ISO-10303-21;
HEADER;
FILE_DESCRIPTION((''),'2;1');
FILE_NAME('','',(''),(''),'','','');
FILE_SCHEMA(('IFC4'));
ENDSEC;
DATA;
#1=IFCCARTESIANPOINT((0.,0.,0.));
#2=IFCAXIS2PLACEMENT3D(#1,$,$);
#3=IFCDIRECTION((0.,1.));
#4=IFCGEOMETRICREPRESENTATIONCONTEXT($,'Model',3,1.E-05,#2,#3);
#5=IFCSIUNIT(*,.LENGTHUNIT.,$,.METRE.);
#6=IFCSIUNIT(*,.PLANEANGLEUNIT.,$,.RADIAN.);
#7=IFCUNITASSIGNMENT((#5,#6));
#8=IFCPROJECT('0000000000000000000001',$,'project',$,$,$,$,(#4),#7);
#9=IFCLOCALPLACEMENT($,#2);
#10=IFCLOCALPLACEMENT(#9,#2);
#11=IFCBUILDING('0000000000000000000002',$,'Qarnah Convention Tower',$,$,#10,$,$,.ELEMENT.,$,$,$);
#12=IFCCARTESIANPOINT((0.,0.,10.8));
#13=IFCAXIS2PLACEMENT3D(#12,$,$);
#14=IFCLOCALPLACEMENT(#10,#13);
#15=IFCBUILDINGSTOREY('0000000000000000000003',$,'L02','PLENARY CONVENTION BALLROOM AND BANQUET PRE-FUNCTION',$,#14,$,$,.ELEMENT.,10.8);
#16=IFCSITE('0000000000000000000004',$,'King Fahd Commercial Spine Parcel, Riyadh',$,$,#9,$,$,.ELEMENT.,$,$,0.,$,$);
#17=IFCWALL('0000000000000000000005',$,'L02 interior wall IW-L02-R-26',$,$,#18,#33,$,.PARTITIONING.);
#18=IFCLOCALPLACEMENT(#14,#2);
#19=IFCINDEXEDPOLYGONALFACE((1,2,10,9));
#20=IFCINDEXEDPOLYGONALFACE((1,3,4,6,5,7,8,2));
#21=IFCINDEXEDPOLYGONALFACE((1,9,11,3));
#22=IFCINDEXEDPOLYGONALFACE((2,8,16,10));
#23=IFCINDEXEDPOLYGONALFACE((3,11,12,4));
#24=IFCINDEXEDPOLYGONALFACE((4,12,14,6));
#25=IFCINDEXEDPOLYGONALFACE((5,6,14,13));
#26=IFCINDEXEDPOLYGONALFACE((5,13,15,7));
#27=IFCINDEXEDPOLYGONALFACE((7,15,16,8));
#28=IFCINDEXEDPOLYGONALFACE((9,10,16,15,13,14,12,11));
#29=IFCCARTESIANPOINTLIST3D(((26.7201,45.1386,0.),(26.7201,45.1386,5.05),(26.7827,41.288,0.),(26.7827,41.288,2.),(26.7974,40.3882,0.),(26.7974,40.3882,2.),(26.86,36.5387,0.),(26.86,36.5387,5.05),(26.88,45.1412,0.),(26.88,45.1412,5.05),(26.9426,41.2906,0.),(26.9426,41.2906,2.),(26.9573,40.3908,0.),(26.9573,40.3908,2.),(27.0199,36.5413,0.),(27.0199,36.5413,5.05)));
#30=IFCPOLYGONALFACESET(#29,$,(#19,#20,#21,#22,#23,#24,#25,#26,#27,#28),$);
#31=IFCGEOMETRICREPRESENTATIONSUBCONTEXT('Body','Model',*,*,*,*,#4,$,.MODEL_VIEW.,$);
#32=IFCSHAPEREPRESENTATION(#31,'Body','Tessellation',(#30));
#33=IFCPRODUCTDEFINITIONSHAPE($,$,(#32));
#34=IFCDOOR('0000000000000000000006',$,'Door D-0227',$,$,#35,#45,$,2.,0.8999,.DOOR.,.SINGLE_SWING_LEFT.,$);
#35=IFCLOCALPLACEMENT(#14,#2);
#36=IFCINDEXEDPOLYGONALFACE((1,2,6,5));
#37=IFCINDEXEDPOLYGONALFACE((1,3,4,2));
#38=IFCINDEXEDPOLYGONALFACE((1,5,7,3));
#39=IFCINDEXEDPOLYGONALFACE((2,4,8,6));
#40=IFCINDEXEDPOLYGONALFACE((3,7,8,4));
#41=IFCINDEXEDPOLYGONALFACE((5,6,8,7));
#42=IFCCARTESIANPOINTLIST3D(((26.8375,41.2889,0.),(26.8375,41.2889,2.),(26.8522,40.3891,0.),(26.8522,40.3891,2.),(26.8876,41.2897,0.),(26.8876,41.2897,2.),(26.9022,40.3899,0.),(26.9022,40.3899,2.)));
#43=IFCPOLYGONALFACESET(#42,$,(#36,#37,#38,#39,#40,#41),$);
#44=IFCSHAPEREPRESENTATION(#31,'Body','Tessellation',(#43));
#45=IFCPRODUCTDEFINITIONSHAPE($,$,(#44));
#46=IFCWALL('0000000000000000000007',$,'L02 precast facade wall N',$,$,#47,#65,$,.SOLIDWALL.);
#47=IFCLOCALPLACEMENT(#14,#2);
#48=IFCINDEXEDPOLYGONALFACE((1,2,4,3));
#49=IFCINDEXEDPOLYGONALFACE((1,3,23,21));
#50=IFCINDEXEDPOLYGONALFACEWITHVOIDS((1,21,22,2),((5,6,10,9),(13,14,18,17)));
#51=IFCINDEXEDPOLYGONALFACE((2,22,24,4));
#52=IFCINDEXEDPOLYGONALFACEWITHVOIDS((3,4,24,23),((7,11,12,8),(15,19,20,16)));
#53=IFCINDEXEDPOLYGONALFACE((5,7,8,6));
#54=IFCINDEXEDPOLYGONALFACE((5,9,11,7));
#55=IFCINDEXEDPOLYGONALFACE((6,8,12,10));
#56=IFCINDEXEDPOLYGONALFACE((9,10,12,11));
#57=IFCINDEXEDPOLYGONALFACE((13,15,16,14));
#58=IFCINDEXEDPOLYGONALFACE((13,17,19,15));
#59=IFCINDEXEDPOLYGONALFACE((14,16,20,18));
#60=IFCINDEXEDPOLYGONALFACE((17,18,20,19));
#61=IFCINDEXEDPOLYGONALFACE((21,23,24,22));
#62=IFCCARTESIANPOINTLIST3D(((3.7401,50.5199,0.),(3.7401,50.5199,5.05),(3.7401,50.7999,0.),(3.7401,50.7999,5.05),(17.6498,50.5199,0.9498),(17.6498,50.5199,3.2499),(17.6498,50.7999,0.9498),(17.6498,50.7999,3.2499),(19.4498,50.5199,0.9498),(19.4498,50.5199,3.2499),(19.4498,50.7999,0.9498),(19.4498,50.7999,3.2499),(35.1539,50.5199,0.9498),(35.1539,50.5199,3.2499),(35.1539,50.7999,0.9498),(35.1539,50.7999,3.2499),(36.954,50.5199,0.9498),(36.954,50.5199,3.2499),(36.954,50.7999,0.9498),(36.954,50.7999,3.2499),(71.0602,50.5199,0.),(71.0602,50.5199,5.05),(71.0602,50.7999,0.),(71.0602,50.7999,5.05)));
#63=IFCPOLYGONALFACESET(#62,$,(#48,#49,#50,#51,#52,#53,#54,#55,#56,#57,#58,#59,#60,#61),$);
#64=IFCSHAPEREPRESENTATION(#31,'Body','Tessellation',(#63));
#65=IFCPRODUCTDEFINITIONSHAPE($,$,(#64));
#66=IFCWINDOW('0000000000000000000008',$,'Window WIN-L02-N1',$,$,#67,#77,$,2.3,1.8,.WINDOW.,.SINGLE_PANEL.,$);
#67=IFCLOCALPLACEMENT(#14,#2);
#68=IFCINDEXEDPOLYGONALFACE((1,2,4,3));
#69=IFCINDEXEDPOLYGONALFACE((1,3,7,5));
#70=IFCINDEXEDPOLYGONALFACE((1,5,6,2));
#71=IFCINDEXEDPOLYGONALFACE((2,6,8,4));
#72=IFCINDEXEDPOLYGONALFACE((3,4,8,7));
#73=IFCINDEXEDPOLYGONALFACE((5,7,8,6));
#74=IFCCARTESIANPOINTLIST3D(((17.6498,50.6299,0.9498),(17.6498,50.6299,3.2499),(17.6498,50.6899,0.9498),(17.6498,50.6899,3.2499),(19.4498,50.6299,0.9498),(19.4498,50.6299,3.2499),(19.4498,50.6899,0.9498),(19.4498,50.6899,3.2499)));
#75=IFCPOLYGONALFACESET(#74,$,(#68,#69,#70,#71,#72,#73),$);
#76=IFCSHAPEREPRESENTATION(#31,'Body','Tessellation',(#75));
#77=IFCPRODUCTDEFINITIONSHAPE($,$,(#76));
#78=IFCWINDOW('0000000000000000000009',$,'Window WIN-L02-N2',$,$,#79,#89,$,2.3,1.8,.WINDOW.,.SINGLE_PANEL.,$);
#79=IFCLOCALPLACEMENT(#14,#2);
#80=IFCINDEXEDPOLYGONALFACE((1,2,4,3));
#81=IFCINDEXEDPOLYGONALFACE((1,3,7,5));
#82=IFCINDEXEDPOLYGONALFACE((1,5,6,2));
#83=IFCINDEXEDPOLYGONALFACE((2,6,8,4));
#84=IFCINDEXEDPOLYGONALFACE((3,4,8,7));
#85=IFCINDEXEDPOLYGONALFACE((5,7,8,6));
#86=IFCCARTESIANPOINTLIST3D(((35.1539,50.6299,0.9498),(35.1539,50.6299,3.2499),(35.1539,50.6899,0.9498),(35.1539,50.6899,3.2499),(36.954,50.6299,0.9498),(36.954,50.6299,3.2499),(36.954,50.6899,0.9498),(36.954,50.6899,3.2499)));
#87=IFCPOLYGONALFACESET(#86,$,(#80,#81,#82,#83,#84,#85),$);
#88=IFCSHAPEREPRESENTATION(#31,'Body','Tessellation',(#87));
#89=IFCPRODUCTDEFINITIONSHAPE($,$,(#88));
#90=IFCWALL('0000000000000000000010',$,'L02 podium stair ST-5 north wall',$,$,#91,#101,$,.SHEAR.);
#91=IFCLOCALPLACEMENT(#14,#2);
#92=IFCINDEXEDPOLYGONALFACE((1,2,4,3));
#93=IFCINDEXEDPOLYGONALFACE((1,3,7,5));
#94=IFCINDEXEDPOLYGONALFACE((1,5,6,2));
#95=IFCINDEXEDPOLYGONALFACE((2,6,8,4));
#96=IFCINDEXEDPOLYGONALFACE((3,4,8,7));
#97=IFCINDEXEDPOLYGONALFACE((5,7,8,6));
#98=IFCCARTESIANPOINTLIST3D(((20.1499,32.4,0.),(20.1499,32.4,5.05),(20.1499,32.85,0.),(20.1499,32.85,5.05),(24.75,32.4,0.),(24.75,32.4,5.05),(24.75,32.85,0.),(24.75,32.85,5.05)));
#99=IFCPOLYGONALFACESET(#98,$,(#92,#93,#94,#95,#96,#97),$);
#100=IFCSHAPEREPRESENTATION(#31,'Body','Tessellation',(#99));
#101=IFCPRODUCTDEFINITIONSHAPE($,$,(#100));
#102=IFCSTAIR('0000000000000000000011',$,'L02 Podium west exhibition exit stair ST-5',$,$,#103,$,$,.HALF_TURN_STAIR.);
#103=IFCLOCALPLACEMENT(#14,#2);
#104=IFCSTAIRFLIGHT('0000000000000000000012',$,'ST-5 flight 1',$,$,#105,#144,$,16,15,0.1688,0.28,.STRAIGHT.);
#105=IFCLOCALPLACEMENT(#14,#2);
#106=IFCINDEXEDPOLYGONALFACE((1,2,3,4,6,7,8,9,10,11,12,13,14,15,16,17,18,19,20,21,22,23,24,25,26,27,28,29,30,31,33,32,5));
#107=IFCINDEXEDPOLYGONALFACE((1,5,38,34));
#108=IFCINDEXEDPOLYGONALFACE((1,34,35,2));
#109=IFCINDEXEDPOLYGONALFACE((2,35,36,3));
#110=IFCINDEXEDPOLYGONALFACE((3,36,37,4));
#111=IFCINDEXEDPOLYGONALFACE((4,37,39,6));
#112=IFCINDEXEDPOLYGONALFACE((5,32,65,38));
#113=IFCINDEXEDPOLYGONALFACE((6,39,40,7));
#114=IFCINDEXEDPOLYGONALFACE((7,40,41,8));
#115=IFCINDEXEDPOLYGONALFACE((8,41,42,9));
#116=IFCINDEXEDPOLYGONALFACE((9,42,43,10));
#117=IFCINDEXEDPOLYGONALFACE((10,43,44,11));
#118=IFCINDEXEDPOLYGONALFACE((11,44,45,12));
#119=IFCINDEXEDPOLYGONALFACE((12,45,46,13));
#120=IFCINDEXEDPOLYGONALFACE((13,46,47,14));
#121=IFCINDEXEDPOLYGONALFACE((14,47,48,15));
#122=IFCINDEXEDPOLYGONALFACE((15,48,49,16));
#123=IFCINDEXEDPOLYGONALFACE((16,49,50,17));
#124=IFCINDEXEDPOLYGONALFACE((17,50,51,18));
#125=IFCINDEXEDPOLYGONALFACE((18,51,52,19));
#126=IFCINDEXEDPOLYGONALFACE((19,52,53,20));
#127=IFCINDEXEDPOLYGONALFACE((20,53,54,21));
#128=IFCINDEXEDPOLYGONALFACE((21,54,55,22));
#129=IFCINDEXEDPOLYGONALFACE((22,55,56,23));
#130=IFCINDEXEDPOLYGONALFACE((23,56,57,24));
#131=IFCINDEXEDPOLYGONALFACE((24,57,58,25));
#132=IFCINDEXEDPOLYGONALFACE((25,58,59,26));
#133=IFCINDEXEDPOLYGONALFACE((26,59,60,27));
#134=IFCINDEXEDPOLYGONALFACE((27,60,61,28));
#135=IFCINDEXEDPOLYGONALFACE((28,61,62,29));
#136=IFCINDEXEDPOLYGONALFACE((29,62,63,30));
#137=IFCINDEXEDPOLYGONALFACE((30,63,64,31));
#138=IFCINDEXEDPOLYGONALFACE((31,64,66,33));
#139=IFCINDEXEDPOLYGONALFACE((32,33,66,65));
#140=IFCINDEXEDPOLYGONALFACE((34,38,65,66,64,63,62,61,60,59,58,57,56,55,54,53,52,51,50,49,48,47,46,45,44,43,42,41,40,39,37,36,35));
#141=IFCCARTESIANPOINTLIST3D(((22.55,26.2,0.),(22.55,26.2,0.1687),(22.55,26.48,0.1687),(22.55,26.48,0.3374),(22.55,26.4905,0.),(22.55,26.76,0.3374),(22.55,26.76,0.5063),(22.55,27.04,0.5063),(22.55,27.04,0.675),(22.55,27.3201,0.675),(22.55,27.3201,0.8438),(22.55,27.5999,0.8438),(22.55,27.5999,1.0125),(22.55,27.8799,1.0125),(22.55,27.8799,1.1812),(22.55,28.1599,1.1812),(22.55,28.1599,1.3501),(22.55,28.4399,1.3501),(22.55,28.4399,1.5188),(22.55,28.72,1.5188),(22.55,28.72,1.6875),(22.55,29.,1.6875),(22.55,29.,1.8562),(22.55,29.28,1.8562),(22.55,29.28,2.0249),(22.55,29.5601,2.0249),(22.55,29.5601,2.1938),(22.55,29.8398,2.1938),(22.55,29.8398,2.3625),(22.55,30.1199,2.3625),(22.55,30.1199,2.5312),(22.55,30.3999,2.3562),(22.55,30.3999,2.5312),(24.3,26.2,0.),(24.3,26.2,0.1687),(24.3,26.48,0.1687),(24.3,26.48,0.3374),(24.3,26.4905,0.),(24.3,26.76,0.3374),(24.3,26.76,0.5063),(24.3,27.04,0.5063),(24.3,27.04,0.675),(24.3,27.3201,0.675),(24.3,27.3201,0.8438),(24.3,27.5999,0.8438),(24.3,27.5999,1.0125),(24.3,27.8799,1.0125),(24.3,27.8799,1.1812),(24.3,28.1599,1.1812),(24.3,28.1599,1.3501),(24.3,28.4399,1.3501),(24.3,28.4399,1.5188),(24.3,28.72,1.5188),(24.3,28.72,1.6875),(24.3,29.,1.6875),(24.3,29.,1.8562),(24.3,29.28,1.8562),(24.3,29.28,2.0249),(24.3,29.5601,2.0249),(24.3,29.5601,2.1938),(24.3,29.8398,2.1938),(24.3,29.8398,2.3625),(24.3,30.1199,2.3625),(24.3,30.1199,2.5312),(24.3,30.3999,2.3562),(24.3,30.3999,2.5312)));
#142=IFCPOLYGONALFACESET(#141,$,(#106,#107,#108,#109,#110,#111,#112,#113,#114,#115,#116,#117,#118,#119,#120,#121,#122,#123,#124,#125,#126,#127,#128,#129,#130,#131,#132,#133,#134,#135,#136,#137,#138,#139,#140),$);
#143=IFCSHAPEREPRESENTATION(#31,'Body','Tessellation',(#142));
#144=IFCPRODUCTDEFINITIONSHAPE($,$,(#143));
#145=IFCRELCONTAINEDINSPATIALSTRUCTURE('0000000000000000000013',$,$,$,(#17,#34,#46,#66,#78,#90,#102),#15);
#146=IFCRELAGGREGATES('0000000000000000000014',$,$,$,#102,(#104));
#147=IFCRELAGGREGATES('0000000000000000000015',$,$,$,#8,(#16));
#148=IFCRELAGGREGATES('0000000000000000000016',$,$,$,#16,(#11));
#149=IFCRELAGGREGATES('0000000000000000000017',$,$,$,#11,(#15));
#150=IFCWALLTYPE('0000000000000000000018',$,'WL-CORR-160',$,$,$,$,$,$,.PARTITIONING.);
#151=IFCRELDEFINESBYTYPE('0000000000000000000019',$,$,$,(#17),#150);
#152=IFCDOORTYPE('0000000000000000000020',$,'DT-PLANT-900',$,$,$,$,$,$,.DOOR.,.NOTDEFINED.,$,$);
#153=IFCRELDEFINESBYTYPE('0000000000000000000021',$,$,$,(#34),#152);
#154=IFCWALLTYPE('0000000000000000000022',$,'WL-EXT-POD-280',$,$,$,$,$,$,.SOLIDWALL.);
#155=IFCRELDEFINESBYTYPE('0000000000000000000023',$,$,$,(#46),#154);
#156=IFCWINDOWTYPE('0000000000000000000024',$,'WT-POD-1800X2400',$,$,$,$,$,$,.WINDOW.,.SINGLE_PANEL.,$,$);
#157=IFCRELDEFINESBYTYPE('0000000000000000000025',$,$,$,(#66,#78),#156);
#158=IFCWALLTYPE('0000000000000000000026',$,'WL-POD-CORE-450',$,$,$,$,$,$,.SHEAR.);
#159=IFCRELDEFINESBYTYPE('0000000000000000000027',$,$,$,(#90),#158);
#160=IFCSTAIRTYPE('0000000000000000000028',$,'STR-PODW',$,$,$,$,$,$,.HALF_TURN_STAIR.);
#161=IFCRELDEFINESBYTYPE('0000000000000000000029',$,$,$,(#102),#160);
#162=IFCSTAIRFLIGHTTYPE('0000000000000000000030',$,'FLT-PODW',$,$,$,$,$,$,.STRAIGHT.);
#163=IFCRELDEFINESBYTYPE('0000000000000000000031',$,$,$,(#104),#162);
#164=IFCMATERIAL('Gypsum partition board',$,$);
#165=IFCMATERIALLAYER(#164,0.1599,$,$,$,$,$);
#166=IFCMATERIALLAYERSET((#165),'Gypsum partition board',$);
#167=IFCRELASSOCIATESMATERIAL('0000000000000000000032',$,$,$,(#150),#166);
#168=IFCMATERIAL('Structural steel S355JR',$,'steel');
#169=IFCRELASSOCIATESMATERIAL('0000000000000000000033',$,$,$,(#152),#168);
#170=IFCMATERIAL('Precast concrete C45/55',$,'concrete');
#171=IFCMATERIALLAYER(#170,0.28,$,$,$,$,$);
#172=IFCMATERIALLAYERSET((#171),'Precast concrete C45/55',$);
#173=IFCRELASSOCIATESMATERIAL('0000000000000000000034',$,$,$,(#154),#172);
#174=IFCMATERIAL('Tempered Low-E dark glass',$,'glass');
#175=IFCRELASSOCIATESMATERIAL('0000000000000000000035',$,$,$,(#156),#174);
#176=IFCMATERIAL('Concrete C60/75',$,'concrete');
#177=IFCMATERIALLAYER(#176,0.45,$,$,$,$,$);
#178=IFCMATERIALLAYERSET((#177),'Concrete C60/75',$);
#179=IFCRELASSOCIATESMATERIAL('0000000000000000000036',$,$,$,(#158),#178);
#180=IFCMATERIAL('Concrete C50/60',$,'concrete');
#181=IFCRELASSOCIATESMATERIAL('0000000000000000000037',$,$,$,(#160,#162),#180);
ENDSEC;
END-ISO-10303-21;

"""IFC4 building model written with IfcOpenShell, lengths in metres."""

from ifc_helpers import new_model, si_unit, direction, frame, frame_2d, origin, place, context, subcontext, project, spatial, polyline, rectangle, outline, extrude, material, layer, layer_set, type_object, element, fill, aggregate, save


model = new_model("IFC4")

# Units and contexts
model_context = context("Model", 3, precision=1e-05, world=origin(), true_north=direction((0.0, 1.0)))
body_context = subcontext(model_context, "Body", "Model", "MODEL_VIEW")
ifc_project = project(units=[si_unit("LENGTHUNIT", "METRE"), si_unit("PLANEANGLEUNIT", "RADIAN")], contexts=[model_context])

# Site, building, storey
site_placement = place(None, origin())
site = spatial("IfcSite", under=ifc_project, at=site_placement, Name="King Fahd Commercial Spine Parcel, Riyadh", CompositionType="ELEMENT", RefElevation=0.0)
building_placement = place(site_placement, origin())
building = spatial("IfcBuilding", under=site, at=building_placement, Name="Qarnah Convention Tower", CompositionType="ELEMENT")
storey_placement = place(building_placement, frame((0.0, 0.0, 10.8)))
storey = spatial("IfcBuildingStorey", under=building, at=storey_placement, Name="L02", Description="PLENARY CONVENTION BALLROOM AND BANQUET PRE-FUNCTION", CompositionType="ELEMENT", Elevation=10.8)

# Shared definitions
ifc_material_1 = material(Name="Concrete C60/75", Category="concrete")
ifc_material_2 = material(Name="Precast concrete C45/55", Category="concrete")

# Shared definitions
ifc_material_3 = material(Name="Structural steel S355JR", Category="steel")

# Shared definitions
ifc_material_4 = material(Name="Gypsum partition board")
ifc_layer_1 = layer(ifc_material_4, 0.1599)
ifc_layer_set_1 = layer_set([ifc_layer_1], Name="Gypsum partition board")
wall_type_1 = type_object("IfcWallType", Name="WL-CORR-160", PredefinedType="PARTITIONING", material=ifc_layer_set_1)

# Wall, opening, door
wall_1_placement = place(storey_placement, frame((26.8, 45.1399, 0.0), z_axis=(0.0, 0.0, 1.0), x_axis=(0.016265, -0.999868, 0.0)))
wall_1 = element("IfcWall", 1, at=wall_1_placement, inside=storey, type_object=wall_type_1, Name="L02 interior wall IW-L02-R-26", PredefinedType="PARTITIONING", context=body_context, shape_type="SweptSolid", body=[
    extrude(rectangle(XDim=8.6011, YDim=0.1599, at=frame_2d((4.3005, 0.0))), origin(), (0.0, 0.0, 1.0), 5.05),
])
opening_1_placement = place(wall_1_placement, frame((3.8511, 0.0, 0.0)))
opening_1 = element("IfcOpeningElement", 2, at=opening_1_placement, cuts=wall_1, PredefinedType="OPENING", context=body_context, shape_type="SweptSolid", body=[
    extrude(rectangle(XDim=0.8999, YDim=2.0, at=frame_2d((0.45, 1.0))), frame((0.0, 0.0898, 0.0), z_axis=(0.0, -1.0, 0.0), x_axis=(1.0, 0.0, 0.0)), (0.0, 0.0, 1.0), 0.1799),
])
door_type_1 = type_object("IfcDoorType", Name="DT-PLANT-900", OperationType="NOTDEFINED", PredefinedType="DOOR", material=ifc_material_3)
door_1_placement = place(opening_1_placement, origin())
door_1 = element("IfcDoor", 3, at=door_1_placement, inside=storey, type_object=door_type_1, Name="Door D-0227", OperationType="SINGLE_SWING_LEFT", OverallHeight=2.0, OverallWidth=0.8999, PredefinedType="DOOR", context=body_context, shape_type="SweptSolid", body=[
    extrude(rectangle(XDim=0.8999, YDim=2.0, at=frame_2d((0.45, 1.0))), frame((0.0, 0.0249, 0.0), z_axis=(0.0, -1.0, 0.0), x_axis=(1.0, 0.0, 0.0)), (0.0, 0.0, 1.0), 0.05),
])
fill(opening_1, door_1)

# Wall, openings, windows
ifc_layer_2 = layer(ifc_material_2, 0.28)
ifc_layer_set_2 = layer_set([ifc_layer_2], Name="Precast concrete C45/55")
wall_type_2 = type_object("IfcWallType", Name="WL-EXT-POD-280", PredefinedType="SOLIDWALL", material=ifc_layer_set_2)
wall_2_placement = place(storey_placement, frame((3.74, 50.6599, 0.0), z_axis=(0.0, 0.0, 1.0), x_axis=(1.0, 0.0, 0.0)))
wall_2 = element("IfcWall", 4, at=wall_2_placement, inside=storey, type_object=wall_type_2, Name="L02 precast facade wall N", PredefinedType="SOLIDWALL", context=body_context, shape_type="SweptSolid", body=[
    extrude(rectangle(XDim=67.3201, YDim=0.28, at=frame_2d((33.6602, 0.0))), origin(), (0.0, 0.0, 1.0), 5.05),
])
opening_2_placement = place(wall_2_placement, frame((13.9099, 0.0, 0.95)))
opening_2 = element("IfcOpeningElement", 5, at=opening_2_placement, cuts=wall_2, PredefinedType="OPENING", context=body_context, shape_type="SweptSolid", body=[
    extrude(rectangle(XDim=1.8, YDim=2.3, at=frame_2d((0.8999, 1.1499))), frame((0.0, 0.1499, 0.0), z_axis=(0.0, -1.0, 0.0), x_axis=(1.0, 0.0, 0.0)), (0.0, 0.0, 1.0), 0.3),
])
opening_3_placement = place(wall_2_placement, frame((31.4141, 0.0, 0.95)))
opening_3 = element("IfcOpeningElement", 6, at=opening_3_placement, cuts=wall_2, PredefinedType="OPENING", context=body_context, shape_type="SweptSolid", body=[
    extrude(rectangle(XDim=1.8, YDim=2.3, at=frame_2d((0.8999, 1.1499))), frame((0.0, 0.1499, 0.0), z_axis=(0.0, -1.0, 0.0), x_axis=(1.0, 0.0, 0.0)), (0.0, 0.0, 1.0), 0.3),
])
ifc_material_5 = material(Name="Tempered Low-E dark glass", Category="glass")
window_type = type_object("IfcWindowType", Name="WT-POD-1800X2400", PartitioningType="SINGLE_PANEL", PredefinedType="WINDOW", material=ifc_material_5)
window_1_placement = place(opening_2_placement, origin())
window_1 = element("IfcWindow", 7, at=window_1_placement, inside=storey, type_object=window_type, Name="Window WIN-L02-N1", OverallHeight=2.3, OverallWidth=1.8, PartitioningType="SINGLE_PANEL", PredefinedType="WINDOW", context=body_context, shape_type="SweptSolid", body=[
    extrude(rectangle(XDim=1.8, YDim=2.3, at=frame_2d((0.8999, 1.1499))), frame((0.0, 0.03, 0.0), z_axis=(0.0, -1.0, 0.0), x_axis=(1.0, 0.0, 0.0)), (0.0, 0.0, 1.0), 0.0601),
])
fill(opening_2, window_1)
window_2_placement = place(opening_3_placement, origin())
window_2 = element("IfcWindow", 8, at=window_2_placement, inside=storey, type_object=window_type, Name="Window WIN-L02-N2", OverallHeight=2.3, OverallWidth=1.8, PartitioningType="SINGLE_PANEL", PredefinedType="WINDOW", context=body_context, shape_type="SweptSolid", body=[
    extrude(rectangle(XDim=1.8, YDim=2.3, at=frame_2d((0.8999, 1.1499))), frame((0.0, 0.03, 0.0), z_axis=(0.0, -1.0, 0.0), x_axis=(1.0, 0.0, 0.0)), (0.0, 0.0, 1.0), 0.0601),
])
fill(opening_3, window_2)

# Wall
ifc_layer_3 = layer(ifc_material_1, 0.45)
ifc_layer_set_3 = layer_set([ifc_layer_3], Name="Concrete C60/75")
wall_type_3 = type_object("IfcWallType", Name="WL-POD-CORE-450", PredefinedType="SHEAR", material=ifc_layer_set_3)
wall_3_placement = place(storey_placement, frame((20.1499, 32.625, 0.0), z_axis=(0.0, 0.0, 1.0), x_axis=(1.0, 0.0, 0.0)))
element("IfcWall", 9, at=wall_3_placement, inside=storey, type_object=wall_type_3, Name="L02 podium stair ST-5 north wall", PredefinedType="SHEAR", context=body_context, shape_type="SweptSolid", body=[
    extrude(rectangle(XDim=4.6001, YDim=0.45, at=frame_2d((2.3, 0.0))), origin(), (0.0, 0.0, 1.0), 5.05),
])

# Stair, stair flight
ifc_material_6 = material(Name="Concrete C50/60", Category="concrete")
stair_type = type_object("IfcStairType", Name="STR-PODW", PredefinedType="HALF_TURN_STAIR", material=ifc_material_6)
stair_placement = place(storey_placement, origin())
stair = element("IfcStair", 10, at=stair_placement, inside=storey, type_object=stair_type, Name="L02 Podium west exhibition exit stair ST-5", PredefinedType="HALF_TURN_STAIR")
stair_flight_type = type_object("IfcStairFlightType", Name="FLT-PODW", PredefinedType="STRAIGHT", material=ifc_material_6)
stair_flight_1_placement = place(storey_placement, frame((23.425, 26.2, 0.0), z_axis=(0.0, 0.0, 1.0), x_axis=(0.0, 1.0, 0.0)))
stair_flight_1 = element("IfcStairFlight", 11, at=stair_flight_1_placement, type_object=stair_flight_type, Name="ST-5 flight 1", NumberOfRisers=16, NumberOfTreads=15, PredefinedType="STRAIGHT", RiserHeight=0.1688, TreadLength=0.28, context=body_context, shape_type="SweptSolid", body=[
    extrude(outline(polyline([(0.0, 0.0), (0.0, 0.1687), (0.28, 0.1687), (0.28, 0.3374), (0.5601, 0.3374), (0.5601, 0.5063), (0.8401, 0.5063), (0.8401, 0.675), (1.1201, 0.675), (1.1201, 0.8438), (1.3999, 0.8438), (1.3999, 1.0125), (1.6799, 1.0125), (1.6799, 1.1812), (1.96, 1.1812), (1.96, 1.3501), (2.24, 1.3501), (2.24, 1.5188), (2.52, 1.5188), (2.52, 1.6875), (2.8, 1.6875), (2.8, 1.8562), (3.0801, 1.8562), (3.0801, 2.0249), (3.3601, 2.0249), (3.3601, 2.1938), (3.6399, 2.1938), (3.6399, 2.3625), (3.9199, 2.3625), (3.9199, 2.5312), (4.2, 2.5312), (4.2, 2.7), (4.2, 2.3562), (0.2905, 0.0), (0.0, 0.0)])), frame((0.0, 0.875, 0.0), z_axis=(0.0, -1.0, 0.0), x_axis=(1.0, 0.0, 0.0)), (0.0, 0.0, 1.0), 1.75),
])
aggregate(stair, [stair_flight_1])

save(model, "model.ifc")
